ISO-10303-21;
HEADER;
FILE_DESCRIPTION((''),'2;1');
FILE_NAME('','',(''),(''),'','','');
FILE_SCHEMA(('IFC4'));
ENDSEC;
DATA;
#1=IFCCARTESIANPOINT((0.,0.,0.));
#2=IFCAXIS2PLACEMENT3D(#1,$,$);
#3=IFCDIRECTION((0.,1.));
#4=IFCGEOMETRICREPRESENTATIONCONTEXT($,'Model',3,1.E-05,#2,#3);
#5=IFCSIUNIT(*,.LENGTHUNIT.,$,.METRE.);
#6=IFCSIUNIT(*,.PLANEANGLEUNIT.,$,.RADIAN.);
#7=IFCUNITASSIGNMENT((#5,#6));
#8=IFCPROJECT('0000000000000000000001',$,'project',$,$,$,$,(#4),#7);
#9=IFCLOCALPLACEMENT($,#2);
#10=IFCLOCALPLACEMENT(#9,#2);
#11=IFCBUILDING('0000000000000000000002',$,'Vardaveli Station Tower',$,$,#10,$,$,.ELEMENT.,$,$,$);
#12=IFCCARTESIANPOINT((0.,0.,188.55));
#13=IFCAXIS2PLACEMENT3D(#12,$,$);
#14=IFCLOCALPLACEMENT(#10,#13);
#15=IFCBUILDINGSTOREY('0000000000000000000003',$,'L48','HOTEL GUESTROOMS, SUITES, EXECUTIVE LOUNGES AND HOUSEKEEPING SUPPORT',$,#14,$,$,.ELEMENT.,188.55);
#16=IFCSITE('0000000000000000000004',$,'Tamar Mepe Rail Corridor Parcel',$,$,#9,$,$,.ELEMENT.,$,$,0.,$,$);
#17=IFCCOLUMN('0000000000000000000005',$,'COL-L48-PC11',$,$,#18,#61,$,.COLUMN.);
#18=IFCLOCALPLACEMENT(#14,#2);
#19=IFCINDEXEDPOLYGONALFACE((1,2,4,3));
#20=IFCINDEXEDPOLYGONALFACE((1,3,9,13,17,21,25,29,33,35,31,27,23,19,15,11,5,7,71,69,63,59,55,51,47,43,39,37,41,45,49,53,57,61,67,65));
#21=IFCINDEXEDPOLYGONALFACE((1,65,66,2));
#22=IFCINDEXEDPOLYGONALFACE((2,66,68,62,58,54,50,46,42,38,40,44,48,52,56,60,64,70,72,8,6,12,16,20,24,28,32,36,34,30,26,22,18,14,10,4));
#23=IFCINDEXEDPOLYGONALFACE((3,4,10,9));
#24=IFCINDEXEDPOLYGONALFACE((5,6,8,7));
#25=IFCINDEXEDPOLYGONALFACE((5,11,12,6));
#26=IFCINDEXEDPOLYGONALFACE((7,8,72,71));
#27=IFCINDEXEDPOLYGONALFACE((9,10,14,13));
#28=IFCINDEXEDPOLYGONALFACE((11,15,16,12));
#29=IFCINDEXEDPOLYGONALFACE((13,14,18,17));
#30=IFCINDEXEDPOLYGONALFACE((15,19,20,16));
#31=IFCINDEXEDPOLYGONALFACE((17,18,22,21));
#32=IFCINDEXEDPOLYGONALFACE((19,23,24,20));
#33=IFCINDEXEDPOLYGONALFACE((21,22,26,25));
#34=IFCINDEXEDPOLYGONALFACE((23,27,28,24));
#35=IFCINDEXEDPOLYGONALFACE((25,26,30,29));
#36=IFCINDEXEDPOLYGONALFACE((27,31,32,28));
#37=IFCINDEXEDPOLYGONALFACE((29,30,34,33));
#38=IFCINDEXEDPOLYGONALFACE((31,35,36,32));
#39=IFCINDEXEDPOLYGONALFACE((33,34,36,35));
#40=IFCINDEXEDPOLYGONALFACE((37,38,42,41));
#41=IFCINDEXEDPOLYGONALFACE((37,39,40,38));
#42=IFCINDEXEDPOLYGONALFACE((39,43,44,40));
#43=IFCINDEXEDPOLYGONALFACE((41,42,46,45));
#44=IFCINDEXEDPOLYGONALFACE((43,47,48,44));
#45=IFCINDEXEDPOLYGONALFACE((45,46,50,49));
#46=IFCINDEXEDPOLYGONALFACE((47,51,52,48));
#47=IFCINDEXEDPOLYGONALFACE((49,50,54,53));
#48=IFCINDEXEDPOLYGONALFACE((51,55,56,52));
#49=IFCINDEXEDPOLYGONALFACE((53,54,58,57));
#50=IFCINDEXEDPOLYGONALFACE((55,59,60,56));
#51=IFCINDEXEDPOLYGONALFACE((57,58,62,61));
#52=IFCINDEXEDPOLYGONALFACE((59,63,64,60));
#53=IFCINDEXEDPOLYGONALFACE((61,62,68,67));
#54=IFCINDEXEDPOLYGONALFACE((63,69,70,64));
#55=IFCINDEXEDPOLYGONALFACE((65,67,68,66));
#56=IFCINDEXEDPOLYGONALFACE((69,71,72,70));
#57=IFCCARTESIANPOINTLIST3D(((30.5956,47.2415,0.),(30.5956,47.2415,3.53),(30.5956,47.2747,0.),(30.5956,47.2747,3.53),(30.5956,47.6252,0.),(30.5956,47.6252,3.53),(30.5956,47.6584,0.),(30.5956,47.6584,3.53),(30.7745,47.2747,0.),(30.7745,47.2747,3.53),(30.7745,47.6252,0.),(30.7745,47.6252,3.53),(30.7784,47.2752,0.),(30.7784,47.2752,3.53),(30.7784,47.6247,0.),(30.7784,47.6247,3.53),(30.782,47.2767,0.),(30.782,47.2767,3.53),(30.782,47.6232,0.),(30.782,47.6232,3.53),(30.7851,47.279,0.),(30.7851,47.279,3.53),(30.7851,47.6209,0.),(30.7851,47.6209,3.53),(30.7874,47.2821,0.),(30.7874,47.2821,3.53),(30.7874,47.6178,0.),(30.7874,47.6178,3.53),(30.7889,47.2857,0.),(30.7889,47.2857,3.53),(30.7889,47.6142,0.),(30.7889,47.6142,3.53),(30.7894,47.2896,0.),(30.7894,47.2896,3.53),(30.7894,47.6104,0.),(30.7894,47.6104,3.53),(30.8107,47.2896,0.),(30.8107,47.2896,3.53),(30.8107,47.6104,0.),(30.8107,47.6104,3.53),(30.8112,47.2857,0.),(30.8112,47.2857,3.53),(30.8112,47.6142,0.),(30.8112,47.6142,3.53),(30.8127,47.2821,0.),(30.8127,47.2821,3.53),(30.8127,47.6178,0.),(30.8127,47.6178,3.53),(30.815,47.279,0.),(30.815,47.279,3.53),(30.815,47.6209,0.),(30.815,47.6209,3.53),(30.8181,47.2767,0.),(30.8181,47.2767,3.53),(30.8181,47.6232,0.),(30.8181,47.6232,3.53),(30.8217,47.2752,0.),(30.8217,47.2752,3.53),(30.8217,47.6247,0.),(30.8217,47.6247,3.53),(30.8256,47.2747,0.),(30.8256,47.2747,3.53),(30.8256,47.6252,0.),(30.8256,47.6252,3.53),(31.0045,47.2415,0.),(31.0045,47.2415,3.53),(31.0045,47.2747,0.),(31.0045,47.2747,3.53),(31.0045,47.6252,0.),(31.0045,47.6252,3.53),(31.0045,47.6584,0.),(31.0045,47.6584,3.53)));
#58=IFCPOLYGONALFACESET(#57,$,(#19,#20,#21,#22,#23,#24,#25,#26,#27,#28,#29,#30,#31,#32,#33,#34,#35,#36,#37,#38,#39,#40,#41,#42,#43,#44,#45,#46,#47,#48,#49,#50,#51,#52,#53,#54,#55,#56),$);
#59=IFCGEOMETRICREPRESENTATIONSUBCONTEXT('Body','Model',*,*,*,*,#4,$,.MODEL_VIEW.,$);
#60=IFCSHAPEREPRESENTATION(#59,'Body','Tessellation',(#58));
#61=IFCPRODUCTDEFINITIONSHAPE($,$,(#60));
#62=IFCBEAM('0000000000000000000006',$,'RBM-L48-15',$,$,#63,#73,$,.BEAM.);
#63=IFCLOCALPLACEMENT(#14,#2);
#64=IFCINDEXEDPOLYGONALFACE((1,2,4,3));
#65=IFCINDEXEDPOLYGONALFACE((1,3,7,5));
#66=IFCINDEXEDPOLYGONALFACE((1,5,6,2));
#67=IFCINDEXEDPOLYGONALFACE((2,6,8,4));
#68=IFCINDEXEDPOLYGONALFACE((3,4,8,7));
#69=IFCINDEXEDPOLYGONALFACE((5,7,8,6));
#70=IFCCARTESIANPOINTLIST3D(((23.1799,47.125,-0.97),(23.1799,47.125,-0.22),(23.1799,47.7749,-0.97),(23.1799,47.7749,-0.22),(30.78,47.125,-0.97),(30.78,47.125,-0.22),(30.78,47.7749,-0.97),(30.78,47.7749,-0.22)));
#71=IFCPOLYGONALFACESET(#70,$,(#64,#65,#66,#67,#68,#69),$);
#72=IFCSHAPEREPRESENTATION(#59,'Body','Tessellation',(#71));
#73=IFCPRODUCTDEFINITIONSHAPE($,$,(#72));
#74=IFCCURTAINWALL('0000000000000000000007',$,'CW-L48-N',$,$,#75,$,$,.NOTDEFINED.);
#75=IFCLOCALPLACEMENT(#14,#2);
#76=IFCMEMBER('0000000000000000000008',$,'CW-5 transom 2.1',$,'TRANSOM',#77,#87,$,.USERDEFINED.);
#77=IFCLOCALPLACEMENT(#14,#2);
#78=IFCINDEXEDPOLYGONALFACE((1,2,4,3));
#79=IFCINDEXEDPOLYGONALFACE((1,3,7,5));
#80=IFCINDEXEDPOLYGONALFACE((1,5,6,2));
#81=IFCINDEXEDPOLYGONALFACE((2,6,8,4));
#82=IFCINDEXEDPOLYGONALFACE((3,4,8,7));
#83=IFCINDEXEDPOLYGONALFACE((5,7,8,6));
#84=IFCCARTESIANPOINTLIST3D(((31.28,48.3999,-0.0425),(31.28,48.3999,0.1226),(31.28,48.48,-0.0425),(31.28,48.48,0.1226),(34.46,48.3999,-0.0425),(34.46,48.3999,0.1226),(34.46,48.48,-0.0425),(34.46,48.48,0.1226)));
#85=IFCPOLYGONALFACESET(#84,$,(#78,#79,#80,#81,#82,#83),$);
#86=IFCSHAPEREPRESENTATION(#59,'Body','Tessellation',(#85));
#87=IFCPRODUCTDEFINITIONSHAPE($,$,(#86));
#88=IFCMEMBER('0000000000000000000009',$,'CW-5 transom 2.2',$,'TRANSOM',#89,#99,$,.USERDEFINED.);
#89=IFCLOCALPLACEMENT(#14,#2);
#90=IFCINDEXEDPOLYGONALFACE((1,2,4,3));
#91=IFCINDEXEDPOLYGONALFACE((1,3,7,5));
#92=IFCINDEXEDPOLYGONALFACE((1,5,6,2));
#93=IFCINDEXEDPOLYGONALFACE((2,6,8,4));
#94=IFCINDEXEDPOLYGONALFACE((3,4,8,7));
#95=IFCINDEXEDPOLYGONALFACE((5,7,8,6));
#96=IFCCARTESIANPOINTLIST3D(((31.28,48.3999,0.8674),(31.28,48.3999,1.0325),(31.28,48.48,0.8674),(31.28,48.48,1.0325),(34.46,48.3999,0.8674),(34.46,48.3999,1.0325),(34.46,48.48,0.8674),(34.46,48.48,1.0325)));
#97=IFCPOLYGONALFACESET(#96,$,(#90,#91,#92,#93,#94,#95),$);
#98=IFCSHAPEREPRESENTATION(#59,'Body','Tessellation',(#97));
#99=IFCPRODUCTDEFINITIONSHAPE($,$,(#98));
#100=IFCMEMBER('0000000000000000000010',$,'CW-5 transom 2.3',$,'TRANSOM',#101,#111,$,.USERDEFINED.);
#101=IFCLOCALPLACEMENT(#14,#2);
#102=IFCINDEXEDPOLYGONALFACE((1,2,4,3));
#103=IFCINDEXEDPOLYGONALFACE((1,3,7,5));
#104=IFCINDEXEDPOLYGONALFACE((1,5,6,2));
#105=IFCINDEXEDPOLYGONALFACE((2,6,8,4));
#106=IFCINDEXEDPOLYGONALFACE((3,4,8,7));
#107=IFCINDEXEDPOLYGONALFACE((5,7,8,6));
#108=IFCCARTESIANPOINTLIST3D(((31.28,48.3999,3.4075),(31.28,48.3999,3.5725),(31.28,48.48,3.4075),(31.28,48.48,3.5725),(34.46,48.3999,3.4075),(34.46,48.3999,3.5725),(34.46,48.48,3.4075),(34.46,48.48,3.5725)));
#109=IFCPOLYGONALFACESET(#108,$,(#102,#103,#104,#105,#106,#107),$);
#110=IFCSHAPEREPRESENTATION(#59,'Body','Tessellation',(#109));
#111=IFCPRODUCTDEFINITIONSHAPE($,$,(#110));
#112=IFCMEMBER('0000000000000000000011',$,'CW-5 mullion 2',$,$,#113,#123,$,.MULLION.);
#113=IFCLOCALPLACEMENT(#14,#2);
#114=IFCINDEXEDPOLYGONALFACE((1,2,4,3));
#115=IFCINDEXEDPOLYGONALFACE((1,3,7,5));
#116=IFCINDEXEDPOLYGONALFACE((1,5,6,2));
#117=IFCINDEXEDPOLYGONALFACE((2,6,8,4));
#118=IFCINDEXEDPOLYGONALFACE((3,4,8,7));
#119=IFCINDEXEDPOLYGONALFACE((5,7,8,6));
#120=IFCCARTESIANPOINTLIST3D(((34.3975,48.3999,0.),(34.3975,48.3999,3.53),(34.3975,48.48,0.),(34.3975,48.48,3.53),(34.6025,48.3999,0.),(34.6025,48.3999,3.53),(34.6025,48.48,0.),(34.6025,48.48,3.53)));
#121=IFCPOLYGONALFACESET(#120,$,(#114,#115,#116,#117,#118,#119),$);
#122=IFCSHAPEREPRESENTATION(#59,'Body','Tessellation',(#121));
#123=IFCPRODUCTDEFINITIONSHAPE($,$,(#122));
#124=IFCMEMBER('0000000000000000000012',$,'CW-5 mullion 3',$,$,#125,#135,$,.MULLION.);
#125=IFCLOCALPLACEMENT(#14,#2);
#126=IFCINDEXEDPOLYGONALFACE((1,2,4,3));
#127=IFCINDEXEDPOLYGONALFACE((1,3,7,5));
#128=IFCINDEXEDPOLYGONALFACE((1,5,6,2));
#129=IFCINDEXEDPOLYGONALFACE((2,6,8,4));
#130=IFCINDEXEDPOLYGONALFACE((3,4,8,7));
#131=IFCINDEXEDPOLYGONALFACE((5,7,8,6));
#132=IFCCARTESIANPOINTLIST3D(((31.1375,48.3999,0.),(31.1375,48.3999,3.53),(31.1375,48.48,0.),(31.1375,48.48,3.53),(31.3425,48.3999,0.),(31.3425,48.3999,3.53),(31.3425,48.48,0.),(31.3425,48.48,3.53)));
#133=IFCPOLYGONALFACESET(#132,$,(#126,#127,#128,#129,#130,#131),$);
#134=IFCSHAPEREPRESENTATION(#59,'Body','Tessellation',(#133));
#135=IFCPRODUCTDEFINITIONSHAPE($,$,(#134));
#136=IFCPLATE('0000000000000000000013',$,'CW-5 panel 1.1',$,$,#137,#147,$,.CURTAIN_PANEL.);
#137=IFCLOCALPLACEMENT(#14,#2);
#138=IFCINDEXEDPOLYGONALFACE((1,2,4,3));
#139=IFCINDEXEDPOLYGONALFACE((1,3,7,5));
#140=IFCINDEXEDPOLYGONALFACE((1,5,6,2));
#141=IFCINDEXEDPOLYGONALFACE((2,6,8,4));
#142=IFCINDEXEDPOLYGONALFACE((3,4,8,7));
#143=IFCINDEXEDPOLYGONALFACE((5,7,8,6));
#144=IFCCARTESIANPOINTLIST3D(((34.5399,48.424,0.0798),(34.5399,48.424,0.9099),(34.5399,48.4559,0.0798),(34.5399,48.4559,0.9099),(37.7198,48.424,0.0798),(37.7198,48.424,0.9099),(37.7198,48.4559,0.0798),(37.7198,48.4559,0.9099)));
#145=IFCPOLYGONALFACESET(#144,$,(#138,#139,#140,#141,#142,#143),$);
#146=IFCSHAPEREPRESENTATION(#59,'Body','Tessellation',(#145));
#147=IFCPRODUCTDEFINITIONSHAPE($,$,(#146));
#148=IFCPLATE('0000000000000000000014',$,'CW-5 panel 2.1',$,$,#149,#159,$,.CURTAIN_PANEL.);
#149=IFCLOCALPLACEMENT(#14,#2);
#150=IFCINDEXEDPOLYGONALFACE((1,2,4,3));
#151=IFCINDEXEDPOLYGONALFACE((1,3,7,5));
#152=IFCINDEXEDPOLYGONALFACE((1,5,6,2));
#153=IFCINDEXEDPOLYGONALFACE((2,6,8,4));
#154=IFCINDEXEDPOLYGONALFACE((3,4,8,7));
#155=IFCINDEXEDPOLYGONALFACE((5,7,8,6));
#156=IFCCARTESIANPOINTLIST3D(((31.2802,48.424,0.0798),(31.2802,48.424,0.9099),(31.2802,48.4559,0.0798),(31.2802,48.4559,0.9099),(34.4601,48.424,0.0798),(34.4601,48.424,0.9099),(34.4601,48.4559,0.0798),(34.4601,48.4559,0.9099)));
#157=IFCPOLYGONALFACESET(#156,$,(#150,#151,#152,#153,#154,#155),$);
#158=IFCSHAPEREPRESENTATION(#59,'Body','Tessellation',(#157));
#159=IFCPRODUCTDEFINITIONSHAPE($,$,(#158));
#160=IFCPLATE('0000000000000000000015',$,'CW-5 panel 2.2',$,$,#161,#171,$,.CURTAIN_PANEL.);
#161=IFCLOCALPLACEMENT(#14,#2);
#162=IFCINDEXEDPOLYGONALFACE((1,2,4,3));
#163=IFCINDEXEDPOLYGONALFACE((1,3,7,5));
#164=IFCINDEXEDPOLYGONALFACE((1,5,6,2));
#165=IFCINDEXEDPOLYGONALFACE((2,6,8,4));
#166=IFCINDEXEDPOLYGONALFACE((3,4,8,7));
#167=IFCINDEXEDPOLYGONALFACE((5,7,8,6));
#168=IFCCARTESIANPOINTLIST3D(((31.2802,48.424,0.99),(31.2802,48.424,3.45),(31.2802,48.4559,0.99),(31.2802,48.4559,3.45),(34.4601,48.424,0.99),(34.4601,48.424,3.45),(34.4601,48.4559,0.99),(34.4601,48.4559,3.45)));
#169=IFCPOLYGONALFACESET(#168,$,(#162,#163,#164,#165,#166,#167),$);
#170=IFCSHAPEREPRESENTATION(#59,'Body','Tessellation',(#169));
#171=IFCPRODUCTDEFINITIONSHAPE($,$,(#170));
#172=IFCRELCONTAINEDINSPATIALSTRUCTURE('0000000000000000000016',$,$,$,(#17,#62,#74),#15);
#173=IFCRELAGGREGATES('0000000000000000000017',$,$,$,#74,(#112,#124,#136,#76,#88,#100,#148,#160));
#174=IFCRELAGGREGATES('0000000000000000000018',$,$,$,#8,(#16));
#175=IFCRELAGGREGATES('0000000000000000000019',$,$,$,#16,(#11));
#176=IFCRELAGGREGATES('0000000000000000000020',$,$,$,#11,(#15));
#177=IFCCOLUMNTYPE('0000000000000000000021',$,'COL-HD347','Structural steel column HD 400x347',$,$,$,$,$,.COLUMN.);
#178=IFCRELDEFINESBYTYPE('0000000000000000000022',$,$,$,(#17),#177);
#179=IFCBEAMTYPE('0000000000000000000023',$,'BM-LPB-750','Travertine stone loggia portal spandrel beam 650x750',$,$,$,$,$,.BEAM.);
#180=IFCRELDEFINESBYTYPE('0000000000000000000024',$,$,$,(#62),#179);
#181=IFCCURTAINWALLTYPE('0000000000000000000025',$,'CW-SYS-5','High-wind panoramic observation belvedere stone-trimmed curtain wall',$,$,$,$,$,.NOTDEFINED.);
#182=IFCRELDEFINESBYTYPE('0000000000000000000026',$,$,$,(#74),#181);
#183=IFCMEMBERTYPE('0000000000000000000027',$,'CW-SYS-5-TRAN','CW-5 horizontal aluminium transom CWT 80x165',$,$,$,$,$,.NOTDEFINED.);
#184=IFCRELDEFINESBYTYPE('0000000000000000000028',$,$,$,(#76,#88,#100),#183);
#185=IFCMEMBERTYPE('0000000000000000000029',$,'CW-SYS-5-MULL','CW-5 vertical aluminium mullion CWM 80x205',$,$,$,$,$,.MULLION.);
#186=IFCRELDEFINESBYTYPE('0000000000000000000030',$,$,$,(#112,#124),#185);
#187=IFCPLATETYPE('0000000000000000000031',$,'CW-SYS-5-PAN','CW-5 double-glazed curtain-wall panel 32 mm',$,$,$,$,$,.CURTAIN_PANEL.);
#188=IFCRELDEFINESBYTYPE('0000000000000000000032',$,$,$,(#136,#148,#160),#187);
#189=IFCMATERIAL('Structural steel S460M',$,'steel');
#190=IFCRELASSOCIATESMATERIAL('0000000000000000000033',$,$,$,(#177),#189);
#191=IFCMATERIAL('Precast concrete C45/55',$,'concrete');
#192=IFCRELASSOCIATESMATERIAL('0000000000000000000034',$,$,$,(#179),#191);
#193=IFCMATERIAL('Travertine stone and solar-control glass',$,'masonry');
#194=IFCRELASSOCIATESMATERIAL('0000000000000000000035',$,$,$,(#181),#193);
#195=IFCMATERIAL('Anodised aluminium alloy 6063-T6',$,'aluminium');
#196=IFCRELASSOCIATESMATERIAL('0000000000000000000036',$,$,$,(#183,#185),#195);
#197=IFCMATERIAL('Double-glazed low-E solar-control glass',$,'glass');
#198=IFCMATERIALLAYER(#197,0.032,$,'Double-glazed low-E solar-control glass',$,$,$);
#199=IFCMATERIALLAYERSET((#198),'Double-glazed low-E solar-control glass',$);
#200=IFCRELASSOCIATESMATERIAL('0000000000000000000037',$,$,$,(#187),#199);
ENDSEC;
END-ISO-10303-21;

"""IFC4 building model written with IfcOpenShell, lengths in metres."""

from ifc_helpers import new_model, si_unit, direction, frame, origin, origin_2d, place, context, subcontext, project, spatial, rectangle, i_section, extrude, source, transform, mapped, material, layer, layer_set, material_profile, profile_set, type_object, element, aggregate, save


model = new_model("IFC4")

# Units and contexts
model_context = context("Model", 3, precision=1e-05, world=origin(), true_north=direction((0.0, 1.0)))
body_context = subcontext(model_context, "Body", "Model", "MODEL_VIEW")
ifc_project = project(units=[si_unit("LENGTHUNIT", "METRE"), si_unit("PLANEANGLEUNIT", "RADIAN")], contexts=[model_context])

# Site, building, storey
site_placement = place(None, origin())
site = spatial("IfcSite", under=ifc_project, at=site_placement, Name="Tamar Mepe Rail Corridor Parcel", CompositionType="ELEMENT", RefElevation=0.0)
building_placement = place(site_placement, origin())
building = spatial("IfcBuilding", under=site, at=building_placement, Name="Vardaveli Station Tower", CompositionType="ELEMENT")
storey_placement = place(building_placement, frame((0.0, 0.0, 188.55)))
storey = spatial("IfcBuildingStorey", under=building, at=storey_placement, Name="L48", Description="HOTEL GUESTROOMS, SUITES, EXECUTIVE LOUNGES AND HOUSEKEEPING SUPPORT", CompositionType="ELEMENT", Elevation=188.55)

# Column
ifc_material_1 = material(Name="Structural steel S460M", Category="steel")
ifc_material_profile_1 = material_profile(ifc_material_1, i_section(OverallWidth=0.4089, OverallDepth=0.417, WebThickness=0.0212, FlangeThickness=0.0332, FilletRadius=0.0149, at=origin_2d()), Name="HD 400x347")
ifc_profile_set_1 = profile_set([ifc_material_profile_1], Name="Structural steel S460M")
column_type = type_object("IfcColumnType", Name="COL-HD347", Description="Structural steel column HD 400x347", PredefinedType="COLUMN", material=ifc_profile_set_1)
shared_shape_1 = source(origin(), body_context, "Body", "SweptSolid", [
    extrude(i_section(OverallWidth=0.4089, OverallDepth=0.417, WebThickness=0.0212, FlangeThickness=0.0332, FilletRadius=0.0149, at=origin_2d()), origin(), (0.0, 0.0, 1.0), 3.53),
])
column_placement = place(storey_placement, frame((30.8, 47.45, 0.0), z_axis=(0.0, 0.0, 1.0), x_axis=(1.0, 0.0, 0.0)))
element("IfcColumn", 1, at=column_placement, inside=storey, type_object=column_type, Name="COL-L48-PC11", PredefinedType="COLUMN", context=body_context, shape_type="MappedRepresentation", body=[
    mapped(shared_shape_1, transform((0.0, 0.0, 0.0), scale=1.0)),
])

# Beam
ifc_material_2 = material(Name="Precast concrete C45/55", Category="concrete")
ifc_material_profile_2 = material_profile(ifc_material_2, rectangle(XDim=0.6499, YDim=0.75, at=origin_2d()), Name="LPB 650x750")
ifc_profile_set_2 = profile_set([ifc_material_profile_2], Name="Precast concrete C45/55")
beam_type = type_object("IfcBeamType", Name="BM-LPB-750", Description="Travertine stone loggia portal spandrel beam 650x750", PredefinedType="BEAM", material=ifc_profile_set_2)
shared_shape_2 = source(origin(), body_context, "Body", "SweptSolid", [
    extrude(rectangle(XDim=0.6499, YDim=0.75, at=origin_2d()), origin(), (0.0, 0.0, 1.0), 7.6001),
])
beam_placement = place(storey_placement, frame((30.78, 47.45, -0.595), z_axis=(-1.0, 0.0, 0.0), x_axis=(0.0, -1.0, 0.0)))
element("IfcBeam", 2, at=beam_placement, inside=storey, type_object=beam_type, Name="RBM-L48-15", PredefinedType="BEAM", context=body_context, shape_type="MappedRepresentation", body=[
    mapped(shared_shape_2, transform((0.0, 0.0, 0.0), scale=1.0)),
])

# Curtain wall, members, plates
ifc_material_3 = material(Name="Travertine stone and solar-control glass", Category="masonry")
curtain_wall_type = type_object("IfcCurtainWallType", Name="CW-SYS-5", Description="High-wind panoramic observation belvedere stone-trimmed curtain wall", PredefinedType="NOTDEFINED", material=ifc_material_3)
curtain_wall_placement = place(storey_placement, origin())
curtain_wall = element("IfcCurtainWall", 3, at=curtain_wall_placement, inside=storey, type_object=curtain_wall_type, Name="CW-L48-N", PredefinedType="NOTDEFINED")
ifc_material_4 = material(Name="Anodised aluminium alloy 6063-T6", Category="aluminium")
ifc_material_profile_3 = material_profile(ifc_material_4, rectangle(XDim=0.0801, YDim=0.165, at=origin_2d()), Name="CWT 80x165")
ifc_profile_set_3 = profile_set([ifc_material_profile_3], Name="Anodised aluminium alloy 6063-T6")
member_type_1 = type_object("IfcMemberType", Name="CW-SYS-5-TRAN", Description="CW-5 horizontal aluminium transom CWT 80x165", PredefinedType="NOTDEFINED", material=ifc_profile_set_3)
shared_shape_3 = source(origin(), body_context, "Body", "SweptSolid", [
    extrude(rectangle(XDim=0.0801, YDim=0.165, at=origin_2d()), origin(), (0.0, 0.0, 1.0), 3.1799),
])
member_1_placement = place(storey_placement, frame((34.46, 48.4399, 0.04), z_axis=(-1.0, 0.0, 0.0), x_axis=(0.0, -1.0, 0.0)))
member_1 = element("IfcMember", 4, at=member_1_placement, type_object=member_type_1, Name="CW-5 transom 2.1", ObjectType="TRANSOM", PredefinedType="USERDEFINED", context=body_context, shape_type="MappedRepresentation", body=[
    mapped(shared_shape_3, transform((0.0, 0.0, 0.0), scale=1.0)),
])
member_2_placement = place(storey_placement, frame((34.46, 48.4399, 0.95), z_axis=(-1.0, 0.0, 0.0), x_axis=(0.0, -1.0, 0.0)))
member_2 = element("IfcMember", 5, at=member_2_placement, type_object=member_type_1, Name="CW-5 transom 2.2", ObjectType="TRANSOM", PredefinedType="USERDEFINED", context=body_context, shape_type="MappedRepresentation", body=[
    mapped(shared_shape_3, transform((0.0, 0.0, 0.0), scale=1.0)),
])
member_3_placement = place(storey_placement, frame((34.46, 48.4399, 3.49), z_axis=(-1.0, 0.0, 0.0), x_axis=(0.0, -1.0, 0.0)))
member_3 = element("IfcMember", 6, at=member_3_placement, type_object=member_type_1, Name="CW-5 transom 2.3", ObjectType="TRANSOM", PredefinedType="USERDEFINED", context=body_context, shape_type="MappedRepresentation", body=[
    mapped(shared_shape_3, transform((0.0, 0.0, 0.0), scale=1.0)),
])
ifc_material_profile_4 = material_profile(ifc_material_4, rectangle(XDim=0.0801, YDim=0.2051, at=origin_2d()), Name="CWM 80x205")
ifc_profile_set_4 = profile_set([ifc_material_profile_4], Name="Anodised aluminium alloy 6063-T6")
member_type_2 = type_object("IfcMemberType", Name="CW-SYS-5-MULL", Description="CW-5 vertical aluminium mullion CWM 80x205", PredefinedType="MULLION", material=ifc_profile_set_4)
shared_shape_4 = source(origin(), body_context, "Body", "SweptSolid", [
    extrude(rectangle(XDim=0.0801, YDim=0.2051, at=origin_2d()), origin(), (0.0, 0.0, 1.0), 3.53),
])
member_4_placement = place(storey_placement, frame((34.5, 48.4399, 0.0), z_axis=(0.0, 0.0, 1.0), x_axis=(0.0, -1.0, 0.0)))
member_4 = element("IfcMember", 7, at=member_4_placement, type_object=member_type_2, Name="CW-5 mullion 2", PredefinedType="MULLION", context=body_context, shape_type="MappedRepresentation", body=[
    mapped(shared_shape_4, transform((0.0, 0.0, 0.0), scale=1.0)),
])
member_5_placement = place(storey_placement, frame((31.24, 48.4399, 0.0), z_axis=(0.0, 0.0, 1.0), x_axis=(0.0, -1.0, 0.0)))
member_5 = element("IfcMember", 8, at=member_5_placement, type_object=member_type_2, Name="CW-5 mullion 3", PredefinedType="MULLION", context=body_context, shape_type="MappedRepresentation", body=[
    mapped(shared_shape_4, transform((0.0, 0.0, 0.0), scale=1.0)),
])
ifc_material_5 = material(Name="Double-glazed low-E solar-control glass", Category="glass")
ifc_layer_1 = layer(ifc_material_5, 0.032, Name="Double-glazed low-E solar-control glass")
ifc_layer_set_1 = layer_set([ifc_layer_1], Name="Double-glazed low-E solar-control glass")
plate_type = type_object("IfcPlateType", Name="CW-SYS-5-PAN", Description="CW-5 double-glazed curtain-wall panel 32 mm", PredefinedType="CURTAIN_PANEL", material=ifc_layer_set_1)
shared_shape_5 = source(origin(), body_context, "Body", "SweptSolid", [
    extrude(rectangle(XDim=3.1799, YDim=0.032, at=origin_2d()), origin(), (0.0, 0.0, 1.0), 0.8301),
])
plate_1_placement = place(storey_placement, frame((36.1299, 48.4399, 0.0798), z_axis=(0.0, 0.0, 1.0), x_axis=(-1.0, 0.0, 0.0)))
plate_1 = element("IfcPlate", 9, at=plate_1_placement, type_object=plate_type, Name="CW-5 panel 1.1", PredefinedType="CURTAIN_PANEL", context=body_context, shape_type="MappedRepresentation", body=[
    mapped(shared_shape_5, transform((0.0, 0.0, 0.0), scale=1.0)),
])
plate_2_placement = place(storey_placement, frame((32.8701, 48.4399, 0.0798), z_axis=(0.0, 0.0, 1.0), x_axis=(-1.0, 0.0, 0.0)))
plate_2 = element("IfcPlate", 10, at=plate_2_placement, type_object=plate_type, Name="CW-5 panel 2.1", PredefinedType="CURTAIN_PANEL", context=body_context, shape_type="MappedRepresentation", body=[
    mapped(shared_shape_5, transform((0.0, 0.0, 0.0), scale=1.0)),
])
shared_shape_6 = source(origin(), body_context, "Body", "SweptSolid", [
    extrude(rectangle(XDim=3.1799, YDim=0.032, at=origin_2d()), origin(), (0.0, 0.0, 1.0), 2.46),
])
plate_3_placement = place(storey_placement, frame((32.8701, 48.4399, 0.99), z_axis=(0.0, 0.0, 1.0), x_axis=(-1.0, 0.0, 0.0)))
plate_3 = element("IfcPlate", 11, at=plate_3_placement, type_object=plate_type, Name="CW-5 panel 2.2", PredefinedType="CURTAIN_PANEL", context=body_context, shape_type="MappedRepresentation", body=[
    mapped(shared_shape_6, transform((0.0, 0.0, 0.0), scale=1.0)),
])
aggregate(curtain_wall, [member_4, member_5, plate_1, member_1, member_2, member_3, plate_2, plate_3])

save(model, "model.ifc")
